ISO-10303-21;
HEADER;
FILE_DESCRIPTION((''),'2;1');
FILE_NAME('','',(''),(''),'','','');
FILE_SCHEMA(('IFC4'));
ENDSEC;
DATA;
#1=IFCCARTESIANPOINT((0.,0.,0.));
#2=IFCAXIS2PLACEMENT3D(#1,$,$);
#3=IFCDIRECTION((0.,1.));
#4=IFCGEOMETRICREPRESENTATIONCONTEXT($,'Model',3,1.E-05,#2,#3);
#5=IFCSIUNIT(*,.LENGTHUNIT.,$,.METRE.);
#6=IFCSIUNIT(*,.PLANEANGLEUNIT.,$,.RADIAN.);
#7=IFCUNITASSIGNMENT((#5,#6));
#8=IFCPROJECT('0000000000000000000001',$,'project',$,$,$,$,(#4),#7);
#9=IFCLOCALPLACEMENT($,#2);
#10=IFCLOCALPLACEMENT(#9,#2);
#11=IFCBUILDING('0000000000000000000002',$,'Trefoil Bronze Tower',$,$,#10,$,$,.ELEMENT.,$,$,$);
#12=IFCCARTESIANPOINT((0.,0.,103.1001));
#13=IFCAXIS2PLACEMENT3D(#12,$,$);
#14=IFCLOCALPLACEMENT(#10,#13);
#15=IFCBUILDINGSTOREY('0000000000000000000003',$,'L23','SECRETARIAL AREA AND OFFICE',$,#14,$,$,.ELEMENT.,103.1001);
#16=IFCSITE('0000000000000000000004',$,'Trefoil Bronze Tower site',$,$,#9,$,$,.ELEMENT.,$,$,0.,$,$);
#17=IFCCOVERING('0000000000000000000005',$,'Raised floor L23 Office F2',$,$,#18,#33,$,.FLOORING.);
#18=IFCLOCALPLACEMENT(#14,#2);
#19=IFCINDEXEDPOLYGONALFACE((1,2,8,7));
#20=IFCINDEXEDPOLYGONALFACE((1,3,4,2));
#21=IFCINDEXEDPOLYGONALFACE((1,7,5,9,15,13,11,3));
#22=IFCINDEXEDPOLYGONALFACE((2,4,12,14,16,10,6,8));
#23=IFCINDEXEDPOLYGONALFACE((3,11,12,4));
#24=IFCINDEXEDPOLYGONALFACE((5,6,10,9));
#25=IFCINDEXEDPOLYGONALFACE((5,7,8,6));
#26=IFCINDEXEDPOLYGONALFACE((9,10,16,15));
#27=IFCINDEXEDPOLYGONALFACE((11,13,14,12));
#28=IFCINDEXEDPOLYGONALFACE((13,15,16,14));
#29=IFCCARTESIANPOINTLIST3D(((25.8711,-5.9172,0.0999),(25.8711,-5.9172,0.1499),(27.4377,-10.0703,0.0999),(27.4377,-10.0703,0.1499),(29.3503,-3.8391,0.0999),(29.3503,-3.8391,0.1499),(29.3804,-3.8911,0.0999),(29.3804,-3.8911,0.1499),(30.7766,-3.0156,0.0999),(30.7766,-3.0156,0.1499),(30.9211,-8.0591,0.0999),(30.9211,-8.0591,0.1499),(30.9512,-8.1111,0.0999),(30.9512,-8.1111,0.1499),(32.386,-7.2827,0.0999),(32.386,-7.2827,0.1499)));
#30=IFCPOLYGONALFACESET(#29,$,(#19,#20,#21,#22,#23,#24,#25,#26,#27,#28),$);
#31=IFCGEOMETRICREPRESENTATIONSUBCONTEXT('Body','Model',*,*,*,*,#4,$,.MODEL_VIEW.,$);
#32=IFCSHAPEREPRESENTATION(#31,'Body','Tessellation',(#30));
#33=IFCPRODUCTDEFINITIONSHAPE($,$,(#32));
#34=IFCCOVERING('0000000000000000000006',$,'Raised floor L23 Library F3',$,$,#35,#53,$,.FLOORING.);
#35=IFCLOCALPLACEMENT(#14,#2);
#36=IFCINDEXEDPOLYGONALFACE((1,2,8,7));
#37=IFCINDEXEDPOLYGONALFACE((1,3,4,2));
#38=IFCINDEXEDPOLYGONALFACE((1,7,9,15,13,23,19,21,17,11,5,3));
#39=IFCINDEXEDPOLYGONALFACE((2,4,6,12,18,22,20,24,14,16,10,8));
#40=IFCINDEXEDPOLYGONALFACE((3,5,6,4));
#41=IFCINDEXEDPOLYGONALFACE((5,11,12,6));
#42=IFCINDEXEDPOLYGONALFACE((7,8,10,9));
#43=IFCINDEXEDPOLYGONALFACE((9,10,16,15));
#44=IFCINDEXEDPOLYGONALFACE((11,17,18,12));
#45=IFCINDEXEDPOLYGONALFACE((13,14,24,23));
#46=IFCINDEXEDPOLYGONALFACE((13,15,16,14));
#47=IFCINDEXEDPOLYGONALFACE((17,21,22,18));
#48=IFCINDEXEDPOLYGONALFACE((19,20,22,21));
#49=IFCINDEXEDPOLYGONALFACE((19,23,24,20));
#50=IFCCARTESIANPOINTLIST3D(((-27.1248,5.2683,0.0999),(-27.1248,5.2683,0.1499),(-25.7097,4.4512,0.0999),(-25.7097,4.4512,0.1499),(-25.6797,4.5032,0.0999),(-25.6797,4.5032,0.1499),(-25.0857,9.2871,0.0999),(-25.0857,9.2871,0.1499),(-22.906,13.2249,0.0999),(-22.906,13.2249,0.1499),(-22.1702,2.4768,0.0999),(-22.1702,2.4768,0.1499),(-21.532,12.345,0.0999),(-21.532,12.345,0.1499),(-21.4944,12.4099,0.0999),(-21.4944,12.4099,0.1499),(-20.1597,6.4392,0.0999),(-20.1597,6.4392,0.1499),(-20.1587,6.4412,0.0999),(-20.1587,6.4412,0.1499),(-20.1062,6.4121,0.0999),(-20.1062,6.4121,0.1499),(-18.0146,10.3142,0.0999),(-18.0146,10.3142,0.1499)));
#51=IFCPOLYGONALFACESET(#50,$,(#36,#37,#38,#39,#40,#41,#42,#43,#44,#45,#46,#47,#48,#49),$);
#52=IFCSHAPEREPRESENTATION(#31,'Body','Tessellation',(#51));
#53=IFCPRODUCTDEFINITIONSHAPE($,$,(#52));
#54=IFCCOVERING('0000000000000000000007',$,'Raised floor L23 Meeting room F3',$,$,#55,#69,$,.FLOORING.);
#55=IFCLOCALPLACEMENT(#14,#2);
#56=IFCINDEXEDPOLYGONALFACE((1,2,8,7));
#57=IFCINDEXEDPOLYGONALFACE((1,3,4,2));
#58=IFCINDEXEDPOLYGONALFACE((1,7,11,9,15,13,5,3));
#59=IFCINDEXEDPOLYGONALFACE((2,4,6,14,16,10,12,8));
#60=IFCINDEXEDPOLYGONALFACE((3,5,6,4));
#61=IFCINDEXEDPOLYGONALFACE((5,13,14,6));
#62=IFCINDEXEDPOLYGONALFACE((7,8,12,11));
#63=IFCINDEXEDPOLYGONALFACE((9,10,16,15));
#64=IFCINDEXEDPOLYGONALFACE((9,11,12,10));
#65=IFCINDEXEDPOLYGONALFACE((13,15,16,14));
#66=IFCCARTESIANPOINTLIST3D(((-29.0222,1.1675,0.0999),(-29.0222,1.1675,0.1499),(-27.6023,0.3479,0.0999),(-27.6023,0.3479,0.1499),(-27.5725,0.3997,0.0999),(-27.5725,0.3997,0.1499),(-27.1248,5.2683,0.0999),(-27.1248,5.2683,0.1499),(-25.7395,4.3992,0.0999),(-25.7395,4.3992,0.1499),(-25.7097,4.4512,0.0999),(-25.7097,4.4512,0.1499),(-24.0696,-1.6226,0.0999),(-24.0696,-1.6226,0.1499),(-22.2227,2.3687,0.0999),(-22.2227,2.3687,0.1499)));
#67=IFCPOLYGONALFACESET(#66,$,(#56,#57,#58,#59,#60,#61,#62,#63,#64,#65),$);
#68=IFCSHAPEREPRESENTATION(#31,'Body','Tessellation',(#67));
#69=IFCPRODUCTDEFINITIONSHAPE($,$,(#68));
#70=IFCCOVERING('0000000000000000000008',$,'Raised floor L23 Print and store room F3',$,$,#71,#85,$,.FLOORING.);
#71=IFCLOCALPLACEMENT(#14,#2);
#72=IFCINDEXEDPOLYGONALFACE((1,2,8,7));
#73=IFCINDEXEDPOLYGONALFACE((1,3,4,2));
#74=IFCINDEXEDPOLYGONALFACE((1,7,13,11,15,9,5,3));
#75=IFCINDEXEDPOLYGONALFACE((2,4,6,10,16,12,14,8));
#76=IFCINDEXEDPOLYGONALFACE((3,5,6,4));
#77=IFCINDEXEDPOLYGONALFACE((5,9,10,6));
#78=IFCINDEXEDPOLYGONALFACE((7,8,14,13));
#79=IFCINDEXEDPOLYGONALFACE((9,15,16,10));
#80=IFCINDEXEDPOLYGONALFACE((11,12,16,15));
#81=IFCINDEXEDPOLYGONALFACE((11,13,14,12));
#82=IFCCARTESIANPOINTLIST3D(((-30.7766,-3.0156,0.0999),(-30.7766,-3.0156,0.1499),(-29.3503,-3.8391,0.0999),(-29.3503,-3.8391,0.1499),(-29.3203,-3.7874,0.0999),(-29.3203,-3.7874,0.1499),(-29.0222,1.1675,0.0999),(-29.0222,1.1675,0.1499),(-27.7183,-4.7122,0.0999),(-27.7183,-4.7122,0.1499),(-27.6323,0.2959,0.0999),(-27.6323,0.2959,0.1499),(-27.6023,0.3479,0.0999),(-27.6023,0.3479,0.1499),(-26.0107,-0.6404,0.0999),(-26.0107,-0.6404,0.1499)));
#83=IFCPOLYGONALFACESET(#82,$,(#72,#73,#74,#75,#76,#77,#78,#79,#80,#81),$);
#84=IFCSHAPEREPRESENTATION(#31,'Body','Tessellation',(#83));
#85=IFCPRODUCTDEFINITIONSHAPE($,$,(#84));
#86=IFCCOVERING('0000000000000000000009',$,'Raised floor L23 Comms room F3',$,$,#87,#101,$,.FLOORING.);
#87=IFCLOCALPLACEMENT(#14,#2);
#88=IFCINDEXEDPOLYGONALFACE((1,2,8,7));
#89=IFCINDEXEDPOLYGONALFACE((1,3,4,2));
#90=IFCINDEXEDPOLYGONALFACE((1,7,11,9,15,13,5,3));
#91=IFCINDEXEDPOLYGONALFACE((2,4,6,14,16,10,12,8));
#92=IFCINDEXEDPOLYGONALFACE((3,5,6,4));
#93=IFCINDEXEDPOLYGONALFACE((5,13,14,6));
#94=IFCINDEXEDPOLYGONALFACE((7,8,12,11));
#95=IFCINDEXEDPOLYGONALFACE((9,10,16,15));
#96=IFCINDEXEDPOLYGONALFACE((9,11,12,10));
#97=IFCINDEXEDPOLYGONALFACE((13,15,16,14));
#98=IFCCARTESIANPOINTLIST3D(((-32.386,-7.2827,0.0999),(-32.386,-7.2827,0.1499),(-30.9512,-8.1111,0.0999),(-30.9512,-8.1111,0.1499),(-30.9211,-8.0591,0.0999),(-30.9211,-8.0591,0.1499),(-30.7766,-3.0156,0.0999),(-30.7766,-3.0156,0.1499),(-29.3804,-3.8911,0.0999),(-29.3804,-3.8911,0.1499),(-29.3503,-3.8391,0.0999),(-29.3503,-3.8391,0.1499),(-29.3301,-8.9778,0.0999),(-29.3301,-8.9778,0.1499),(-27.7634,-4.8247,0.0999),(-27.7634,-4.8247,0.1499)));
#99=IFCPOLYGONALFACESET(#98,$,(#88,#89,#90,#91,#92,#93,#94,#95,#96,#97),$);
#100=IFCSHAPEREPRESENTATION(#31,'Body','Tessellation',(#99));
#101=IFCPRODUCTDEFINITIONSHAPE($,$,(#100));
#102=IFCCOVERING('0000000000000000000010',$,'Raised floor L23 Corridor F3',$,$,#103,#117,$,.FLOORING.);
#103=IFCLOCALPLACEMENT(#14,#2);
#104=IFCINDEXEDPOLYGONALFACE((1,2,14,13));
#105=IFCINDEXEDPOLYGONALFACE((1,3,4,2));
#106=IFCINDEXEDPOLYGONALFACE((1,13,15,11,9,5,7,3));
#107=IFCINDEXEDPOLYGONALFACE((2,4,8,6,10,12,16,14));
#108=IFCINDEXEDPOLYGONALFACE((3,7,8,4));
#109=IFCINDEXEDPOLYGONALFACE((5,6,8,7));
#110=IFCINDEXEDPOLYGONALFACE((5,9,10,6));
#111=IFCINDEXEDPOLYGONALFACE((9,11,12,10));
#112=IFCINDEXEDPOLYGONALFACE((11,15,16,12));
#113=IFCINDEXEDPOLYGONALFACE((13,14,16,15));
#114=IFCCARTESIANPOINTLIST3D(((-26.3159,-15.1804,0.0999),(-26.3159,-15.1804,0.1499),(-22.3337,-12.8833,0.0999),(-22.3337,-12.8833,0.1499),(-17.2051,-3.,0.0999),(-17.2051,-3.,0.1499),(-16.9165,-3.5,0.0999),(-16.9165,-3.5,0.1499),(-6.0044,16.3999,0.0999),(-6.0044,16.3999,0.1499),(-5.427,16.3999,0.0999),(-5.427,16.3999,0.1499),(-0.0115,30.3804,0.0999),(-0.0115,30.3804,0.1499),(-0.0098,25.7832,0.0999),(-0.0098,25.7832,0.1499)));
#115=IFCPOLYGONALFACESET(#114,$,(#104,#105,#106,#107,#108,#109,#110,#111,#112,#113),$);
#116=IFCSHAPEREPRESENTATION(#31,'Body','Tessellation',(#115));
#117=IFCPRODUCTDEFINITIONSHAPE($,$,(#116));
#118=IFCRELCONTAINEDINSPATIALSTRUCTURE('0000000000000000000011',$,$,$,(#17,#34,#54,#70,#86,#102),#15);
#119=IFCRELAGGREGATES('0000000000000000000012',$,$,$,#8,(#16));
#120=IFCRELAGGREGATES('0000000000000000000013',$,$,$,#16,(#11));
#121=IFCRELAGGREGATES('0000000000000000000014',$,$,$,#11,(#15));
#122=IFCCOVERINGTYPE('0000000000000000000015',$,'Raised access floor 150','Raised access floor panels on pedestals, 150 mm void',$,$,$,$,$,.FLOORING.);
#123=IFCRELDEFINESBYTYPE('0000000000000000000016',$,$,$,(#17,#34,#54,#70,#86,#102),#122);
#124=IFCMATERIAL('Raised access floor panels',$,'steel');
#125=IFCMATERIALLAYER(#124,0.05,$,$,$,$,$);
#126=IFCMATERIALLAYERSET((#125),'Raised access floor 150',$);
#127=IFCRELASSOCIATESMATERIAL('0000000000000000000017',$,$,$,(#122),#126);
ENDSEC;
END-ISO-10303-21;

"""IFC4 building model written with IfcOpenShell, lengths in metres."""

from ifc_helpers import new_model, si_unit, direction, frame, origin, place, context, subcontext, project, spatial, polyline, outline, extrude, material, layer, layer_set, type_object, element, save


model = new_model("IFC4")

# Units and contexts
model_context = context("Model", 3, precision=1e-05, world=origin(), true_north=direction((0.0, 1.0)))
body_context = subcontext(model_context, "Body", "Model", "MODEL_VIEW")
ifc_project = project(units=[si_unit("LENGTHUNIT", "METRE"), si_unit("PLANEANGLEUNIT", "RADIAN")], contexts=[model_context])

# Site, building, storey
site_placement = place(None, origin())
site = spatial("IfcSite", under=ifc_project, at=site_placement, Name="Trefoil Bronze Tower site", CompositionType="ELEMENT", RefElevation=0.0)
building_placement = place(site_placement, origin())
building = spatial("IfcBuilding", under=site, at=building_placement, Name="Trefoil Bronze Tower", CompositionType="ELEMENT")
storey_placement = place(building_placement, frame((0.0, 0.0, 103.1001)))
storey = spatial("IfcBuildingStorey", under=building, at=storey_placement, Name="L23", Description="SECRETARIAL AREA AND OFFICE", CompositionType="ELEMENT", Elevation=103.1001)

# Coverings
ifc_material_1 = material(Name="Raised access floor panels", Category="steel")
ifc_layer_1 = layer(ifc_material_1, 0.05)
ifc_layer_set_1 = layer_set([ifc_layer_1], Name="Raised access floor 150")
covering_type_1 = type_object("IfcCoveringType", Name="Raised access floor 150", Description="Raised access floor panels on pedestals, 150 mm void", PredefinedType="FLOORING", material=ifc_layer_set_1)
covering_1_placement = place(storey_placement, frame((0.0, 0.0, 0.0999)))
element("IfcCovering", 1, at=covering_1_placement, inside=storey, type_object=covering_type_1, Name="Raised floor L23 Office F2", PredefinedType="FLOORING", context=body_context, shape_type="SweptSolid", body=[
    extrude(outline(polyline([(30.7766, -3.0156), (32.386, -7.2827), (30.9512, -8.1111), (30.9211, -8.0591), (27.4377, -10.0703), (25.8711, -5.9172), (29.3804, -3.8911), (29.3503, -3.8391), (30.7766, -3.0156)])), origin(), (0.0, 0.0, 1.0), 0.05),
])
covering_2_placement = place(storey_placement, frame((0.0, 0.0, 0.0999)))
element("IfcCovering", 2, at=covering_2_placement, inside=storey, type_object=covering_type_1, Name="Raised floor L23 Library F3", PredefinedType="FLOORING", context=body_context, shape_type="SweptSolid", body=[
    extrude(outline(polyline([(-25.0857, 9.2871), (-22.906, 13.2249), (-21.4944, 12.4099), (-21.532, 12.345), (-18.0146, 10.3142), (-20.1587, 6.4412), (-20.1062, 6.4121), (-20.1597, 6.4392), (-22.1702, 2.4768), (-25.6797, 4.5032), (-25.7097, 4.4512), (-27.1248, 5.2683), (-25.0857, 9.2871)])), origin(), (0.0, 0.0, 1.0), 0.05),
])
covering_3_placement = place(storey_placement, frame((0.0, 0.0, 0.0999)))
element("IfcCovering", 3, at=covering_3_placement, inside=storey, type_object=covering_type_1, Name="Raised floor L23 Meeting room F3", PredefinedType="FLOORING", context=body_context, shape_type="SweptSolid", body=[
    extrude(outline(polyline([(-29.0222, 1.1675), (-27.1248, 5.2683), (-25.7097, 4.4512), (-25.7395, 4.3992), (-22.2227, 2.3687), (-24.0696, -1.6226), (-27.5725, 0.3997), (-27.6023, 0.3479), (-29.0222, 1.1675)])), origin(), (0.0, 0.0, 1.0), 0.05),
])
covering_4_placement = place(storey_placement, frame((0.0, 0.0, 0.0999)))
element("IfcCovering", 4, at=covering_4_placement, inside=storey, type_object=covering_type_1, Name="Raised floor L23 Print and store room F3", PredefinedType="FLOORING", context=body_context, shape_type="SweptSolid", body=[
    extrude(outline(polyline([(-30.7766, -3.0156), (-29.0222, 1.1675), (-27.6023, 0.3479), (-27.6323, 0.2959), (-26.0107, -0.6404), (-27.7183, -4.7122), (-29.3203, -3.7874), (-29.3503, -3.8391), (-30.7766, -3.0156)])), origin(), (0.0, 0.0, 1.0), 0.05),
])
covering_5_placement = place(storey_placement, frame((0.0, 0.0, 0.0999)))
element("IfcCovering", 5, at=covering_5_placement, inside=storey, type_object=covering_type_1, Name="Raised floor L23 Comms room F3", PredefinedType="FLOORING", context=body_context, shape_type="SweptSolid", body=[
    extrude(outline(polyline([(-32.386, -7.2827), (-30.7766, -3.0156), (-29.3503, -3.8391), (-29.3804, -3.8911), (-27.7634, -4.8247), (-29.3301, -8.9778), (-30.9211, -8.0591), (-30.9512, -8.1111), (-32.386, -7.2827)])), origin(), (0.0, 0.0, 1.0), 0.05),
])
covering_6_placement = place(storey_placement, frame((0.0, 0.0, 0.0999)))
element("IfcCovering", 6, at=covering_6_placement, inside=storey, type_object=covering_type_1, Name="Raised floor L23 Corridor F3", PredefinedType="FLOORING", context=body_context, shape_type="SweptSolid", body=[
    extrude(outline(polyline([(-0.0115, 30.3804), (-0.0098, 25.7832), (-5.427, 16.3999), (-6.0044, 16.3999), (-17.2051, -3.0), (-16.9165, -3.5), (-22.3337, -12.8833), (-26.3159, -15.1804), (-0.0115, 30.3804)])), origin(), (0.0, 0.0, 1.0), 0.05),
])

save(model, "model.ifc")
